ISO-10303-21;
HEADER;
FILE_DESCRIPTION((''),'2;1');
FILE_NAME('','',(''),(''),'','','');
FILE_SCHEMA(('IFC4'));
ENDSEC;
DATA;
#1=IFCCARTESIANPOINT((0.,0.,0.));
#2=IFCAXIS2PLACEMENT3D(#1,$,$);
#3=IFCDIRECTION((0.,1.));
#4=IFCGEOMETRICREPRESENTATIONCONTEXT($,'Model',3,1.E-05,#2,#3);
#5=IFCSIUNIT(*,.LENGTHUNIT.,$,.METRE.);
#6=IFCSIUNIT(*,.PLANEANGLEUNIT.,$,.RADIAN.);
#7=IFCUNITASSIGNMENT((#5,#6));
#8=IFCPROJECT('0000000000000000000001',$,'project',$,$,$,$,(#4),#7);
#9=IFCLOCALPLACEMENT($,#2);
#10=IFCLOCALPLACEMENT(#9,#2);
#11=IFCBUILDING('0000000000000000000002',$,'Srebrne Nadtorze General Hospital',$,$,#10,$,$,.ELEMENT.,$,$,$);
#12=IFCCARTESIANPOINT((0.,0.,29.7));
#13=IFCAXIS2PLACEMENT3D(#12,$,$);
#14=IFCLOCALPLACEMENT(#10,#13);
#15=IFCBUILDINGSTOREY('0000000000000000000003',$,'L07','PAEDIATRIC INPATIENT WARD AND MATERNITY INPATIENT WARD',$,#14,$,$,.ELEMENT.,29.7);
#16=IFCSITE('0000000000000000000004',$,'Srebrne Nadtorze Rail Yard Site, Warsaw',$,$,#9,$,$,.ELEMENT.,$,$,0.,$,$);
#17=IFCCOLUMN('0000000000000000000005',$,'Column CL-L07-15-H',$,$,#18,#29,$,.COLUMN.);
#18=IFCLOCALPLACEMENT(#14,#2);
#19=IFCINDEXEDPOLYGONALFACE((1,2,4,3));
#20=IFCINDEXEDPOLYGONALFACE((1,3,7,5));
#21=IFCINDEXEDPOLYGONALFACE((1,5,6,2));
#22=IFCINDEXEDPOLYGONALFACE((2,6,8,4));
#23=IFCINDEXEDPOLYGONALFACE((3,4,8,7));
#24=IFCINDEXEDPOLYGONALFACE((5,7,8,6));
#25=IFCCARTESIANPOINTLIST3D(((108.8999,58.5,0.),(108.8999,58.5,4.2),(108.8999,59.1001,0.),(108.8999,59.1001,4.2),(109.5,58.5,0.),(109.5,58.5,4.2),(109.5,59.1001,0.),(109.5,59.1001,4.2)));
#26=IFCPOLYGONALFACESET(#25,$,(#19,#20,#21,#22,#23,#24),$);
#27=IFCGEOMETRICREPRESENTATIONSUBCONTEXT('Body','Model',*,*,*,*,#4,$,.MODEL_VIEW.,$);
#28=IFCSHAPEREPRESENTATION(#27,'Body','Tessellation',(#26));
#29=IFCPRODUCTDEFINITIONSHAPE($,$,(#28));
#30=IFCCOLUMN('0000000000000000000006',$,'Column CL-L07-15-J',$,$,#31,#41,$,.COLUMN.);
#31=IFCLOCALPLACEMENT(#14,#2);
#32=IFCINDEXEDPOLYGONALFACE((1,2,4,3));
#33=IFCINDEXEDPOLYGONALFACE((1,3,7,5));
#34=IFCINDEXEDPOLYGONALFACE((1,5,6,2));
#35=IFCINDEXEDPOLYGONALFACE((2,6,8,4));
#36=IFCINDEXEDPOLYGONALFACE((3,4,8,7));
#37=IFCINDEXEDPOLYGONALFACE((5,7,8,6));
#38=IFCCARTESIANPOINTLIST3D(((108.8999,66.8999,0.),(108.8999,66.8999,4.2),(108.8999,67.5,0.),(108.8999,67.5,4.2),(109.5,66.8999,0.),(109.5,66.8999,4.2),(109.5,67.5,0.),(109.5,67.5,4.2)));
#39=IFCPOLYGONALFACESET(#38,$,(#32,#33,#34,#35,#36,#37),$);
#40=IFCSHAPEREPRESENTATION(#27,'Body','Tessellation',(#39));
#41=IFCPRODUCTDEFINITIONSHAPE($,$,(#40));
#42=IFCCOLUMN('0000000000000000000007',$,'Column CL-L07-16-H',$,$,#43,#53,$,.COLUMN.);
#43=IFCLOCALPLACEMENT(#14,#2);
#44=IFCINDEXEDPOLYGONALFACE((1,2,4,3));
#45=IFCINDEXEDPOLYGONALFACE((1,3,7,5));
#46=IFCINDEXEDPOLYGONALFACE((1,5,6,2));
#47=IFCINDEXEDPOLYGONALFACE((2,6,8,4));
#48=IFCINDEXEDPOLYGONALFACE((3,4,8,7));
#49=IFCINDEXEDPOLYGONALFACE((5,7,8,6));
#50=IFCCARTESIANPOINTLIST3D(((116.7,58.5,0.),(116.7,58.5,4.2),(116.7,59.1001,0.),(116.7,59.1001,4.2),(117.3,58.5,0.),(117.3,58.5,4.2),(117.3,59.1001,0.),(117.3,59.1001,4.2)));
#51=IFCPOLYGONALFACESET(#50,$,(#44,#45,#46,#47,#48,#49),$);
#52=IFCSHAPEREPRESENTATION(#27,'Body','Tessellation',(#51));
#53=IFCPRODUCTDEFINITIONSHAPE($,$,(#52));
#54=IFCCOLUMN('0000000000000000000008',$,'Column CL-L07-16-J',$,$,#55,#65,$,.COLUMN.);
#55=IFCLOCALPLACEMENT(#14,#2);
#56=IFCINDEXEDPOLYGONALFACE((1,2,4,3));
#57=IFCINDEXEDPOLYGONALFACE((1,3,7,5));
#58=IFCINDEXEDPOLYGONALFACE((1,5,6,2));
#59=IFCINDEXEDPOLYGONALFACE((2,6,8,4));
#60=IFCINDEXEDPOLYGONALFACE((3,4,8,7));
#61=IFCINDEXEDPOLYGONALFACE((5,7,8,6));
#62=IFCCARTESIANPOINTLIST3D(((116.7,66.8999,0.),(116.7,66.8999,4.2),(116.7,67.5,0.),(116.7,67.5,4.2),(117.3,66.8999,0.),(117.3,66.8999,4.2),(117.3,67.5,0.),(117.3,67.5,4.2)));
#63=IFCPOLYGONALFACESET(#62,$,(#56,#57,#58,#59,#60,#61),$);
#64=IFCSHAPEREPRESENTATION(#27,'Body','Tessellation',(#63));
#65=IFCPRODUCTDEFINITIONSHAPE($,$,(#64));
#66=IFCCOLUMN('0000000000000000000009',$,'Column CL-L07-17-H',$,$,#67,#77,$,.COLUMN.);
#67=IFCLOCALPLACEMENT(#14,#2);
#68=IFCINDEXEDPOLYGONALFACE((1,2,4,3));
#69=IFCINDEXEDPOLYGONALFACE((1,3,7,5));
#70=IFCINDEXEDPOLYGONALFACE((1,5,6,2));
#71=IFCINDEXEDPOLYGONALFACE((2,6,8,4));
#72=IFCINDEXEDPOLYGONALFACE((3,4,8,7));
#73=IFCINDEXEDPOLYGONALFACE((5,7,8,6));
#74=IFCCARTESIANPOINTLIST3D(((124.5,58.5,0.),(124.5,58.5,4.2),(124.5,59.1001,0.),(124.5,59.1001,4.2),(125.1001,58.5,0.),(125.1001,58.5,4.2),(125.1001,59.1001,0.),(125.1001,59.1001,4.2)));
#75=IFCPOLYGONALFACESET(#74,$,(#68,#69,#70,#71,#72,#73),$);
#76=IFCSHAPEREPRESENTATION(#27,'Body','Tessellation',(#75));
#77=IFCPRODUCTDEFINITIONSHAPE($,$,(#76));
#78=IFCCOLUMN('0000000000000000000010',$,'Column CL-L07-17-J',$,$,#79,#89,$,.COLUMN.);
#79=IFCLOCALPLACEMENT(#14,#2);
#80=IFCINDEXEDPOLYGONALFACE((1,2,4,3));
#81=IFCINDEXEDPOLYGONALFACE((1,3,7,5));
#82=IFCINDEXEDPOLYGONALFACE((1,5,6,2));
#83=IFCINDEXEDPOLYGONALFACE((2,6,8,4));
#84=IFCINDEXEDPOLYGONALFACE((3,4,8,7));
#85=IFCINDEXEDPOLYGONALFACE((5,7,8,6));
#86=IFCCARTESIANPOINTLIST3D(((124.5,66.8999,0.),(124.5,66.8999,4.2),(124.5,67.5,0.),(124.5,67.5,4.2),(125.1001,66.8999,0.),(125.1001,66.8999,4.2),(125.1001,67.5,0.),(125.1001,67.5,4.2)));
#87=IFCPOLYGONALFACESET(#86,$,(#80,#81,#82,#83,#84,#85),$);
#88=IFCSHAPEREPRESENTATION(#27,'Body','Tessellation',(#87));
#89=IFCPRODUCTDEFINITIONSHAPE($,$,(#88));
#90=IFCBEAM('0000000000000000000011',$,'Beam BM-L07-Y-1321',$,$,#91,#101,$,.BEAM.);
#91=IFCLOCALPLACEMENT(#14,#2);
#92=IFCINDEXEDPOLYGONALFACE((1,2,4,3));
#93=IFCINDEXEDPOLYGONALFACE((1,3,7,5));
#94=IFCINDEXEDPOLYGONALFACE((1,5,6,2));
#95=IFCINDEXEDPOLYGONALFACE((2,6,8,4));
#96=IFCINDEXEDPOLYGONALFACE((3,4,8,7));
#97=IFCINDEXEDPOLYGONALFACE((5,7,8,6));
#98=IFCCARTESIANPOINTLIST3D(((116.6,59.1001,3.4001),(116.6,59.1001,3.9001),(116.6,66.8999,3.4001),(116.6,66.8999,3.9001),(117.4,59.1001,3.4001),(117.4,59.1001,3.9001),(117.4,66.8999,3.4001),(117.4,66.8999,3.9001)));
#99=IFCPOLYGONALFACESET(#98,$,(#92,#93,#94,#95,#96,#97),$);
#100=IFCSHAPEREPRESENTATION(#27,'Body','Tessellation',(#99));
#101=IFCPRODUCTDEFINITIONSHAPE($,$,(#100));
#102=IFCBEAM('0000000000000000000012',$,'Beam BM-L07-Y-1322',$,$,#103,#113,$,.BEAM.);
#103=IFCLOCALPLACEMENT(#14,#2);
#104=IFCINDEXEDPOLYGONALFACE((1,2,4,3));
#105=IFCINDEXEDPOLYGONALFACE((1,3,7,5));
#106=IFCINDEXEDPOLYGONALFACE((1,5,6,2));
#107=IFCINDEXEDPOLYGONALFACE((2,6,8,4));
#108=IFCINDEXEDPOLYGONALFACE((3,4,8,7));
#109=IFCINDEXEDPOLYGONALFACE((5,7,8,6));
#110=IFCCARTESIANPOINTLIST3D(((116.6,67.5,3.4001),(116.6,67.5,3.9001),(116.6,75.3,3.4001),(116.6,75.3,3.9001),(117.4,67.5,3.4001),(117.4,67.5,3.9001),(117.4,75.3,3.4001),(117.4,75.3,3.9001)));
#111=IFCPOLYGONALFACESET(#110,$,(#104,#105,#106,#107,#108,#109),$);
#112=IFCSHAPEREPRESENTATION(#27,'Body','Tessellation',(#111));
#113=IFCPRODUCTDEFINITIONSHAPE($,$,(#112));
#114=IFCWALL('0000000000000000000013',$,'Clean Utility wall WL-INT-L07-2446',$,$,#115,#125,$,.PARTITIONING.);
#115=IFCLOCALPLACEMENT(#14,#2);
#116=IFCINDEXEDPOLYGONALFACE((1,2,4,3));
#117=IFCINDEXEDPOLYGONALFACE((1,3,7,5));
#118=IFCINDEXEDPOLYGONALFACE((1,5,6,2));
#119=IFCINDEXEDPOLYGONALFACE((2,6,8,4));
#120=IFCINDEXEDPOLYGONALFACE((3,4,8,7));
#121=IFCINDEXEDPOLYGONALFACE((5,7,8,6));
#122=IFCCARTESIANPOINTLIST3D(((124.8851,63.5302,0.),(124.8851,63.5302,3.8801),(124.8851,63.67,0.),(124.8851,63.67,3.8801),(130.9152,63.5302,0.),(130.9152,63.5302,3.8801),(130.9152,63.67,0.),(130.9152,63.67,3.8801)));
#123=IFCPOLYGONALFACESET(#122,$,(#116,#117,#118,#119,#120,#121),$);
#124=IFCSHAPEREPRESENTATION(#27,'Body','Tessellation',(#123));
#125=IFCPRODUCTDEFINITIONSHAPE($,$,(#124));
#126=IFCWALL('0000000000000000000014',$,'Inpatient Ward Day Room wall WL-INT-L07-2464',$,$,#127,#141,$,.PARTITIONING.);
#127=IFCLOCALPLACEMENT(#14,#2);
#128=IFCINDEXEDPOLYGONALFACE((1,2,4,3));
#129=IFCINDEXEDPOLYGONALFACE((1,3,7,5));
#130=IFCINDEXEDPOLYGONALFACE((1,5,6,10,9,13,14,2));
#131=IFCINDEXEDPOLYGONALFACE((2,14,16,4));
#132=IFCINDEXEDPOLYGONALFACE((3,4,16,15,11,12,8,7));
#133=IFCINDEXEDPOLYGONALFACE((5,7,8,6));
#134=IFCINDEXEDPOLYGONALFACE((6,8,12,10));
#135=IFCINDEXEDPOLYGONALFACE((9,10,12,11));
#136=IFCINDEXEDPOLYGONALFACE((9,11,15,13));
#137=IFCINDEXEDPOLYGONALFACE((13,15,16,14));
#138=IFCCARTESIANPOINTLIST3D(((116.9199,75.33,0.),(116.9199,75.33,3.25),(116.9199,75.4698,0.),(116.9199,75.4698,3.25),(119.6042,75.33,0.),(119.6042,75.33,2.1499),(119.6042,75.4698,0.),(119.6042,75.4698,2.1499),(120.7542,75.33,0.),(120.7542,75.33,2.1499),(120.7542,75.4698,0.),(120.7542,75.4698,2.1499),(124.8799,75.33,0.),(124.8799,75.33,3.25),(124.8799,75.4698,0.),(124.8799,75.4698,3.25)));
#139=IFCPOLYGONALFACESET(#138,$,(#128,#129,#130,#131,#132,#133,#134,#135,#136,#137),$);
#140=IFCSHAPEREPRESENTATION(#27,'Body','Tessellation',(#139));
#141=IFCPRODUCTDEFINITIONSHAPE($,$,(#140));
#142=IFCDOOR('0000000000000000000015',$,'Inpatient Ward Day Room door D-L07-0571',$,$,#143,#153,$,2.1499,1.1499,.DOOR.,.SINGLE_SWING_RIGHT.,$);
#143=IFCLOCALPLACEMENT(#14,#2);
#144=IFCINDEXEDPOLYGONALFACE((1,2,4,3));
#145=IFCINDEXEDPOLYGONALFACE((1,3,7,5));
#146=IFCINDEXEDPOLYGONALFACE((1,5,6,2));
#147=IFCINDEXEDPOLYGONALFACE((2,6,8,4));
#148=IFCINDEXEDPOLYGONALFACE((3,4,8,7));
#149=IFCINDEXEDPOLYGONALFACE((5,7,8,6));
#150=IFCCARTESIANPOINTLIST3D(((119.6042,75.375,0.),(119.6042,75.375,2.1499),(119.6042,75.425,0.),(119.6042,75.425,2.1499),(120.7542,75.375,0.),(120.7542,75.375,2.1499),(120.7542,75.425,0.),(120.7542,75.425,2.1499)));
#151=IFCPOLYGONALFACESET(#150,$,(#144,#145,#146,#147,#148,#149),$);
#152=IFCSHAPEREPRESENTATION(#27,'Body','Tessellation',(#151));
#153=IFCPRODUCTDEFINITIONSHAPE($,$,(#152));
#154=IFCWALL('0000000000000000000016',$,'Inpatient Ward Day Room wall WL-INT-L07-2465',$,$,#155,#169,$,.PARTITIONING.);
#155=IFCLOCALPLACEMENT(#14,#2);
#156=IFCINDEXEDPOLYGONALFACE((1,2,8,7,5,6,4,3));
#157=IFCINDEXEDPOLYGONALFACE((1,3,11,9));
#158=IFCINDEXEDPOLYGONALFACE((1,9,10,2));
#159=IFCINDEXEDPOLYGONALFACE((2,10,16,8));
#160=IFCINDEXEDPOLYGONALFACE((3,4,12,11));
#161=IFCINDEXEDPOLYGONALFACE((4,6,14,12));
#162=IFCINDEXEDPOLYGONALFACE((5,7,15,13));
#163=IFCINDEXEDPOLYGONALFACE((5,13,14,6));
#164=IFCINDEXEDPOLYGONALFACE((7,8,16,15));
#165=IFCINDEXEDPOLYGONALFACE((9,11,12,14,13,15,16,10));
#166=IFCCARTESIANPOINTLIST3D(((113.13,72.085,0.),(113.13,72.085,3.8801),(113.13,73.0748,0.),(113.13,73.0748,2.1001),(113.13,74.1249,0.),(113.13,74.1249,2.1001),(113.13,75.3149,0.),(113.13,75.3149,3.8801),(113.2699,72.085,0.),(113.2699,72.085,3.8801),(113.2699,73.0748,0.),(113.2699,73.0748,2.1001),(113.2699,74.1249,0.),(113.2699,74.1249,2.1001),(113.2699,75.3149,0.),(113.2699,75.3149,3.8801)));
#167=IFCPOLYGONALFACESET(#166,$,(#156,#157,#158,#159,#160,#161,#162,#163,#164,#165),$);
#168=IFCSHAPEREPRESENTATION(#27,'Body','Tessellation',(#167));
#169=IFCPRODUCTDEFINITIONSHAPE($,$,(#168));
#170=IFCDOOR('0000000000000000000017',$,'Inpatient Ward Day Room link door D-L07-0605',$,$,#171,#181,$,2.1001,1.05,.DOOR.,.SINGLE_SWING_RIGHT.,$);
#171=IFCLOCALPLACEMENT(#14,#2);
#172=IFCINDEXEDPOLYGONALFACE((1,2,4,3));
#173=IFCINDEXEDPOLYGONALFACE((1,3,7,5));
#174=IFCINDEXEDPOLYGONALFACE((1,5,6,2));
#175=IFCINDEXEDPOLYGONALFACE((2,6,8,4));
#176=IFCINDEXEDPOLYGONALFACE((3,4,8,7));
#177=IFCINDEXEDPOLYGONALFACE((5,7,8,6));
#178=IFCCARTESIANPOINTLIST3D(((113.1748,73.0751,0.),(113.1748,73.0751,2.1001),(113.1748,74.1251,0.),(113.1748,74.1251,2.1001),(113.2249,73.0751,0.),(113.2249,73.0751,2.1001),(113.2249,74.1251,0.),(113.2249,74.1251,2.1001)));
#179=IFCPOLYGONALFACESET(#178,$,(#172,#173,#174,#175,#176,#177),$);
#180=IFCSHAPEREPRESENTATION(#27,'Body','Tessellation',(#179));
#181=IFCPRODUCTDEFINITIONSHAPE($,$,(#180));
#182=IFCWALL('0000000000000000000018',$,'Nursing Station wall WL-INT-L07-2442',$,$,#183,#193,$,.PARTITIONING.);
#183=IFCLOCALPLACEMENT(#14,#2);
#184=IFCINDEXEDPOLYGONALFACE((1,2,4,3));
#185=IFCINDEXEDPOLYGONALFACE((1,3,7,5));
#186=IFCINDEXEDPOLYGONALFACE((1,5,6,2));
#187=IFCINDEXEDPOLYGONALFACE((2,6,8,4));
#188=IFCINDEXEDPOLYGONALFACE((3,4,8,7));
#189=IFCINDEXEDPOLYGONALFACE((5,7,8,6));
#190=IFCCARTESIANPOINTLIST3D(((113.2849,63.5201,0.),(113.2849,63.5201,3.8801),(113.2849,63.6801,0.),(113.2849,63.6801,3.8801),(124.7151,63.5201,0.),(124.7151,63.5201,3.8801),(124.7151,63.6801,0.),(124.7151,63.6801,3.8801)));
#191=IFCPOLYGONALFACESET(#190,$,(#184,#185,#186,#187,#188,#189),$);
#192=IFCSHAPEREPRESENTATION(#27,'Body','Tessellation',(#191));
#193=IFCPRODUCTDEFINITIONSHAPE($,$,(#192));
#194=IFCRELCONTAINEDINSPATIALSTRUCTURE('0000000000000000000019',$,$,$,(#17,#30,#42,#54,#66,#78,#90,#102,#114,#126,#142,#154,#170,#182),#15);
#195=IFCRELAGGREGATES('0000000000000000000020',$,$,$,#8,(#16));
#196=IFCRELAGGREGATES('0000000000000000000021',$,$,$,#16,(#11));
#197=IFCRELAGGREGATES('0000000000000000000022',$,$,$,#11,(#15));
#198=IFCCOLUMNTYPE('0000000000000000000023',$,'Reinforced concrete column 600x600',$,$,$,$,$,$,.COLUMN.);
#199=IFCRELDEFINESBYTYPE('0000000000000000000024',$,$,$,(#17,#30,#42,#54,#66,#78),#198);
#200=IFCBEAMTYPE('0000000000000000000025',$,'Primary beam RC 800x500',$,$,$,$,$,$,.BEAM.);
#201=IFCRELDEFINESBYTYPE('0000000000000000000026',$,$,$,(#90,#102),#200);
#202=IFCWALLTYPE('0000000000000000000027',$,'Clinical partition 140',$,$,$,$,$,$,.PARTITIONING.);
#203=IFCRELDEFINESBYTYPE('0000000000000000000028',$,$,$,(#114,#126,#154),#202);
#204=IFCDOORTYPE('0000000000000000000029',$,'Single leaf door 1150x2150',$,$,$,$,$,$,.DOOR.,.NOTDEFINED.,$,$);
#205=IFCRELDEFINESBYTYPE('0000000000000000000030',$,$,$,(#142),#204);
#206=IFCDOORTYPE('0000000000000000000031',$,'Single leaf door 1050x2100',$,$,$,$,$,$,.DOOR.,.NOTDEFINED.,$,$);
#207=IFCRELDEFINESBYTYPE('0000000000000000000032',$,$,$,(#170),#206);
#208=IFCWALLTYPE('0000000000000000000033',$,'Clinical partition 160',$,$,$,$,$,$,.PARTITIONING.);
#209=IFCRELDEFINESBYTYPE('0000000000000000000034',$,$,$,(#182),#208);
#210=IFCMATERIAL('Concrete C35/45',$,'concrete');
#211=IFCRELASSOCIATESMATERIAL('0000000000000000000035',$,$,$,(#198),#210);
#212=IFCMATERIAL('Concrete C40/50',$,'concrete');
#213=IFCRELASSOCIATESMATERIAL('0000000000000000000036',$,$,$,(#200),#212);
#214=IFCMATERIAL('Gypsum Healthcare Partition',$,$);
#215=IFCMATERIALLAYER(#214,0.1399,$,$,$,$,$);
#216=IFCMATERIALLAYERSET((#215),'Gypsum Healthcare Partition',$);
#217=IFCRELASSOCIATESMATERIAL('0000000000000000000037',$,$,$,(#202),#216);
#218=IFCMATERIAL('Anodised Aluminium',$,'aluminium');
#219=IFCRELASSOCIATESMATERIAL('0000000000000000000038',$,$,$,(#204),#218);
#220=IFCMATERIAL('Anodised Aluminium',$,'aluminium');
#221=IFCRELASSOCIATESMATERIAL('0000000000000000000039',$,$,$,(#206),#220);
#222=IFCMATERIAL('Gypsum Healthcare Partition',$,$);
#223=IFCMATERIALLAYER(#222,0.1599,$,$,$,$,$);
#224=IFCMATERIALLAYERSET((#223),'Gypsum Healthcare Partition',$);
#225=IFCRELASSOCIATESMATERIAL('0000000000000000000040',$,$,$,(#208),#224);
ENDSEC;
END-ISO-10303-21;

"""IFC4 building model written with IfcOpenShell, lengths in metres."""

from ifc_helpers import new_model, si_unit, direction, frame, frame_2d, origin, origin_2d, place, context, subcontext, project, spatial, rectangle, extrude, material, layer, layer_set, material_profile, profile_set, type_object, element, fill, save


model = new_model("IFC4")

# Units and contexts
model_context = context("Model", 3, precision=1e-05, world=origin(), true_north=direction((0.0, 1.0)))
body_context = subcontext(model_context, "Body", "Model", "MODEL_VIEW")
ifc_project = project(units=[si_unit("LENGTHUNIT", "METRE"), si_unit("PLANEANGLEUNIT", "RADIAN")], contexts=[model_context])

# Site, building, storey
site_placement = place(None, origin())
site = spatial("IfcSite", under=ifc_project, at=site_placement, Name="Srebrne Nadtorze Rail Yard Site, Warsaw", CompositionType="ELEMENT", RefElevation=0.0)
building_placement = place(site_placement, origin())
building = spatial("IfcBuilding", under=site, at=building_placement, Name="Srebrne Nadtorze General Hospital", CompositionType="ELEMENT")
storey_placement = place(building_placement, frame((0.0, 0.0, 29.7)))
storey = spatial("IfcBuildingStorey", under=building, at=storey_placement, Name="L07", Description="PAEDIATRIC INPATIENT WARD AND MATERNITY INPATIENT WARD", CompositionType="ELEMENT", Elevation=29.7)

# Columns
ifc_material_1 = material(Name="Concrete C35/45", Category="concrete")
ifc_material_profile_1 = material_profile(ifc_material_1, rectangle(XDim=0.6001, YDim=0.6001, at=origin_2d()), Name="RC-COL-600x600")
ifc_profile_set_1 = profile_set([ifc_material_profile_1], Name="Concrete C35/45")
column_type = type_object("IfcColumnType", Name="Reinforced concrete column 600x600", PredefinedType="COLUMN", material=ifc_profile_set_1)
for number, where, z_axis, x_axis, name in (
    (1, (109.2, 58.8, 0.0), (0.0, 0.0, 1.0), (1.0, 0.0, 0.0), "Column CL-L07-15-H"),
    (2, (109.2, 67.2, 0.0), (0.0, 0.0, 1.0), (1.0, 0.0, 0.0), "Column CL-L07-15-J"),
    (3, (117.0, 58.8, 0.0), (0.0, 0.0, 1.0), (1.0, 0.0, 0.0), "Column CL-L07-16-H"),
    (4, (117.0, 67.2, 0.0), (0.0, 0.0, 1.0), (1.0, 0.0, 0.0), "Column CL-L07-16-J"),
    (5, (124.8, 58.8, 0.0), (0.0, 0.0, 1.0), (1.0, 0.0, 0.0), "Column CL-L07-17-H"),
    (6, (124.8, 67.2, 0.0), (0.0, 0.0, 1.0), (1.0, 0.0, 0.0), "Column CL-L07-17-J"),
):
    element("IfcColumn", number, at=place(storey_placement, frame(where, z_axis=z_axis, x_axis=x_axis)), inside=storey, type_object=column_type, Name=name, PredefinedType="COLUMN", context=body_context, shape_type="SweptSolid", body=[
        extrude(rectangle(XDim=0.6001, YDim=0.6001, at=origin_2d()), origin(), (0.0, 0.0, 1.0), 4.2),
    ])

# Beams
ifc_material_2 = material(Name="Concrete C40/50", Category="concrete")
ifc_material_profile_2 = material_profile(ifc_material_2, rectangle(XDim=0.8, YDim=0.5, at=origin_2d()), Name="RC-BM-800x500")
ifc_profile_set_2 = profile_set([ifc_material_profile_2], Name="Concrete C40/50")
beam_type = type_object("IfcBeamType", Name="Primary beam RC 800x500", PredefinedType="BEAM", material=ifc_profile_set_2)
beam_1_placement = place(storey_placement, frame((117.0, 59.1001, 3.6501), z_axis=(0.0, 1.0, 0.0), x_axis=(-1.0, 0.0, 0.0)))
element("IfcBeam", 7, at=beam_1_placement, inside=storey, type_object=beam_type, Name="Beam BM-L07-Y-1321", PredefinedType="BEAM", context=body_context, shape_type="SweptSolid", body=[
    extrude(rectangle(XDim=0.8, YDim=0.5, at=origin_2d()), origin(), (0.0, 0.0, 1.0), 7.7998),
])
beam_2_placement = place(storey_placement, frame((117.0, 67.5, 3.6501), z_axis=(0.0, 1.0, 0.0), x_axis=(-1.0, 0.0, 0.0)))
element("IfcBeam", 8, at=beam_2_placement, inside=storey, type_object=beam_type, Name="Beam BM-L07-Y-1322", PredefinedType="BEAM", context=body_context, shape_type="SweptSolid", body=[
    extrude(rectangle(XDim=0.8, YDim=0.5, at=origin_2d()), origin(), (0.0, 0.0, 1.0), 7.8),
])

# Wall
ifc_material_3 = material(Name="Gypsum Healthcare Partition")
ifc_layer_1 = layer(ifc_material_3, 0.1399)
ifc_layer_set_1 = layer_set([ifc_layer_1], Name="Gypsum Healthcare Partition")
wall_type_1 = type_object("IfcWallType", Name="Clinical partition 140", PredefinedType="PARTITIONING", material=ifc_layer_set_1)
wall_1_placement = place(storey_placement, frame((124.885, 63.6001, 0.0), z_axis=(0.0, 0.0, 1.0), x_axis=(1.0, 0.0, 0.0)))
element("IfcWall", 9, at=wall_1_placement, inside=storey, type_object=wall_type_1, Name="Clean Utility wall WL-INT-L07-2446", PredefinedType="PARTITIONING", context=body_context, shape_type="SweptSolid", body=[
    extrude(rectangle(XDim=6.03, YDim=0.1399, at=frame_2d((3.0151, 0.0))), origin(), (0.0, 0.0, 1.0), 3.8801),
])

# Walls, openings, doors
wall_2_placement = place(storey_placement, frame((116.9199, 75.3999, 0.0), z_axis=(0.0, 0.0, 1.0), x_axis=(1.0, 0.0, 0.0)))
wall_2 = element("IfcWall", 10, at=wall_2_placement, inside=storey, type_object=wall_type_1, Name="Inpatient Ward Day Room wall WL-INT-L07-2464", PredefinedType="PARTITIONING", context=body_context, shape_type="SweptSolid", body=[
    extrude(rectangle(XDim=7.96, YDim=0.1399, at=frame_2d((3.98, 0.0))), origin(), (0.0, 0.0, 1.0), 3.25),
])
opening_1_placement = place(wall_2_placement, frame((2.6843, 0.0, 0.0)))
opening_1 = element("IfcOpeningElement", 11, at=opening_1_placement, cuts=wall_2, PredefinedType="OPENING", context=body_context, shape_type="SweptSolid", body=[
    extrude(rectangle(XDim=1.1499, YDim=2.1499, at=frame_2d((0.575, 1.075))), frame((0.0, 0.082, 0.0), z_axis=(0.0, -1.0, 0.0), x_axis=(1.0, 0.0, 0.0)), (0.0, 0.0, 1.0), 0.1638),
])
ifc_material_4 = material(Name="Anodised Aluminium", Category="aluminium")
door_type_1 = type_object("IfcDoorType", Name="Single leaf door 1150x2150", OperationType="NOTDEFINED", PredefinedType="DOOR", material=ifc_material_4)
door_1_placement = place(opening_1_placement, frame((1.1499, 0.0, 0.0), z_axis=(0.0, 0.0, 1.0), x_axis=(-1.0, 0.0, 0.0)))
door_1 = element("IfcDoor", 12, at=door_1_placement, inside=storey, type_object=door_type_1, Name="Inpatient Ward Day Room door D-L07-0571", OperationType="SINGLE_SWING_RIGHT", OverallHeight=2.1499, OverallWidth=1.1499, PredefinedType="DOOR", context=body_context, shape_type="SweptSolid", body=[
    extrude(rectangle(XDim=1.1499, YDim=2.1499, at=frame_2d((0.575, 1.075))), frame((0.0, 0.0249, 0.0), z_axis=(0.0, -1.0, 0.0), x_axis=(1.0, 0.0, 0.0)), (0.0, 0.0, 1.0), 0.05),
])
fill(opening_1, door_1)
wall_3_placement = place(storey_placement, frame((113.2, 72.085, 0.0), z_axis=(0.0, 0.0, 1.0), x_axis=(0.0, 1.0, 0.0)))
wall_3 = element("IfcWall", 13, at=wall_3_placement, inside=storey, type_object=wall_type_1, Name="Inpatient Ward Day Room wall WL-INT-L07-2465", PredefinedType="PARTITIONING", context=body_context, shape_type="SweptSolid", body=[
    extrude(rectangle(XDim=3.23, YDim=0.1399, at=frame_2d((1.615, 0.0))), origin(), (0.0, 0.0, 1.0), 3.8801),
])
opening_2_placement = place(wall_3_placement, frame((0.99, 0.0, 0.0)))
opening_2 = element("IfcOpeningElement", 14, at=opening_2_placement, cuts=wall_3, PredefinedType="OPENING", context=body_context, shape_type="SweptSolid", body=[
    extrude(rectangle(XDim=1.05, YDim=2.1001, at=frame_2d((0.5249, 1.05))), frame((0.0, 0.082, 0.0), z_axis=(0.0, -1.0, 0.0), x_axis=(1.0, 0.0, 0.0)), (0.0, 0.0, 1.0), 0.1638),
])
ifc_material_5 = material(Name="Anodised Aluminium", Category="aluminium")
door_type_2 = type_object("IfcDoorType", Name="Single leaf door 1050x2100", OperationType="NOTDEFINED", PredefinedType="DOOR", material=ifc_material_5)
door_2_placement = place(opening_2_placement, frame((1.05, 0.0, 0.0), z_axis=(0.0, 0.0, 1.0), x_axis=(-1.0, 0.0, 0.0)))
door_2 = element("IfcDoor", 15, at=door_2_placement, inside=storey, type_object=door_type_2, Name="Inpatient Ward Day Room link door D-L07-0605", OperationType="SINGLE_SWING_RIGHT", OverallHeight=2.1001, OverallWidth=1.05, PredefinedType="DOOR", context=body_context, shape_type="SweptSolid", body=[
    extrude(rectangle(XDim=1.05, YDim=2.1001, at=frame_2d((0.5249, 1.05))), frame((0.0, 0.0249, 0.0), z_axis=(0.0, -1.0, 0.0), x_axis=(1.0, 0.0, 0.0)), (0.0, 0.0, 1.0), 0.05),
])
fill(opening_2, door_2)

# Wall
ifc_material_6 = material(Name="Gypsum Healthcare Partition")
ifc_layer_2 = layer(ifc_material_6, 0.1599)
ifc_layer_set_2 = layer_set([ifc_layer_2], Name="Gypsum Healthcare Partition")
wall_type_2 = type_object("IfcWallType", Name="Clinical partition 160", PredefinedType="PARTITIONING", material=ifc_layer_set_2)
wall_4_placement = place(storey_placement, frame((113.2849, 63.6001, 0.0), z_axis=(0.0, 0.0, 1.0), x_axis=(1.0, 0.0, 0.0)))
element("IfcWall", 16, at=wall_4_placement, inside=storey, type_object=wall_type_2, Name="Nursing Station wall WL-INT-L07-2442", PredefinedType="PARTITIONING", context=body_context, shape_type="SweptSolid", body=[
    extrude(rectangle(XDim=11.4302, YDim=0.1599, at=frame_2d((5.7151, 0.0))), origin(), (0.0, 0.0, 1.0), 3.8801),
])

save(model, "model.ifc")
